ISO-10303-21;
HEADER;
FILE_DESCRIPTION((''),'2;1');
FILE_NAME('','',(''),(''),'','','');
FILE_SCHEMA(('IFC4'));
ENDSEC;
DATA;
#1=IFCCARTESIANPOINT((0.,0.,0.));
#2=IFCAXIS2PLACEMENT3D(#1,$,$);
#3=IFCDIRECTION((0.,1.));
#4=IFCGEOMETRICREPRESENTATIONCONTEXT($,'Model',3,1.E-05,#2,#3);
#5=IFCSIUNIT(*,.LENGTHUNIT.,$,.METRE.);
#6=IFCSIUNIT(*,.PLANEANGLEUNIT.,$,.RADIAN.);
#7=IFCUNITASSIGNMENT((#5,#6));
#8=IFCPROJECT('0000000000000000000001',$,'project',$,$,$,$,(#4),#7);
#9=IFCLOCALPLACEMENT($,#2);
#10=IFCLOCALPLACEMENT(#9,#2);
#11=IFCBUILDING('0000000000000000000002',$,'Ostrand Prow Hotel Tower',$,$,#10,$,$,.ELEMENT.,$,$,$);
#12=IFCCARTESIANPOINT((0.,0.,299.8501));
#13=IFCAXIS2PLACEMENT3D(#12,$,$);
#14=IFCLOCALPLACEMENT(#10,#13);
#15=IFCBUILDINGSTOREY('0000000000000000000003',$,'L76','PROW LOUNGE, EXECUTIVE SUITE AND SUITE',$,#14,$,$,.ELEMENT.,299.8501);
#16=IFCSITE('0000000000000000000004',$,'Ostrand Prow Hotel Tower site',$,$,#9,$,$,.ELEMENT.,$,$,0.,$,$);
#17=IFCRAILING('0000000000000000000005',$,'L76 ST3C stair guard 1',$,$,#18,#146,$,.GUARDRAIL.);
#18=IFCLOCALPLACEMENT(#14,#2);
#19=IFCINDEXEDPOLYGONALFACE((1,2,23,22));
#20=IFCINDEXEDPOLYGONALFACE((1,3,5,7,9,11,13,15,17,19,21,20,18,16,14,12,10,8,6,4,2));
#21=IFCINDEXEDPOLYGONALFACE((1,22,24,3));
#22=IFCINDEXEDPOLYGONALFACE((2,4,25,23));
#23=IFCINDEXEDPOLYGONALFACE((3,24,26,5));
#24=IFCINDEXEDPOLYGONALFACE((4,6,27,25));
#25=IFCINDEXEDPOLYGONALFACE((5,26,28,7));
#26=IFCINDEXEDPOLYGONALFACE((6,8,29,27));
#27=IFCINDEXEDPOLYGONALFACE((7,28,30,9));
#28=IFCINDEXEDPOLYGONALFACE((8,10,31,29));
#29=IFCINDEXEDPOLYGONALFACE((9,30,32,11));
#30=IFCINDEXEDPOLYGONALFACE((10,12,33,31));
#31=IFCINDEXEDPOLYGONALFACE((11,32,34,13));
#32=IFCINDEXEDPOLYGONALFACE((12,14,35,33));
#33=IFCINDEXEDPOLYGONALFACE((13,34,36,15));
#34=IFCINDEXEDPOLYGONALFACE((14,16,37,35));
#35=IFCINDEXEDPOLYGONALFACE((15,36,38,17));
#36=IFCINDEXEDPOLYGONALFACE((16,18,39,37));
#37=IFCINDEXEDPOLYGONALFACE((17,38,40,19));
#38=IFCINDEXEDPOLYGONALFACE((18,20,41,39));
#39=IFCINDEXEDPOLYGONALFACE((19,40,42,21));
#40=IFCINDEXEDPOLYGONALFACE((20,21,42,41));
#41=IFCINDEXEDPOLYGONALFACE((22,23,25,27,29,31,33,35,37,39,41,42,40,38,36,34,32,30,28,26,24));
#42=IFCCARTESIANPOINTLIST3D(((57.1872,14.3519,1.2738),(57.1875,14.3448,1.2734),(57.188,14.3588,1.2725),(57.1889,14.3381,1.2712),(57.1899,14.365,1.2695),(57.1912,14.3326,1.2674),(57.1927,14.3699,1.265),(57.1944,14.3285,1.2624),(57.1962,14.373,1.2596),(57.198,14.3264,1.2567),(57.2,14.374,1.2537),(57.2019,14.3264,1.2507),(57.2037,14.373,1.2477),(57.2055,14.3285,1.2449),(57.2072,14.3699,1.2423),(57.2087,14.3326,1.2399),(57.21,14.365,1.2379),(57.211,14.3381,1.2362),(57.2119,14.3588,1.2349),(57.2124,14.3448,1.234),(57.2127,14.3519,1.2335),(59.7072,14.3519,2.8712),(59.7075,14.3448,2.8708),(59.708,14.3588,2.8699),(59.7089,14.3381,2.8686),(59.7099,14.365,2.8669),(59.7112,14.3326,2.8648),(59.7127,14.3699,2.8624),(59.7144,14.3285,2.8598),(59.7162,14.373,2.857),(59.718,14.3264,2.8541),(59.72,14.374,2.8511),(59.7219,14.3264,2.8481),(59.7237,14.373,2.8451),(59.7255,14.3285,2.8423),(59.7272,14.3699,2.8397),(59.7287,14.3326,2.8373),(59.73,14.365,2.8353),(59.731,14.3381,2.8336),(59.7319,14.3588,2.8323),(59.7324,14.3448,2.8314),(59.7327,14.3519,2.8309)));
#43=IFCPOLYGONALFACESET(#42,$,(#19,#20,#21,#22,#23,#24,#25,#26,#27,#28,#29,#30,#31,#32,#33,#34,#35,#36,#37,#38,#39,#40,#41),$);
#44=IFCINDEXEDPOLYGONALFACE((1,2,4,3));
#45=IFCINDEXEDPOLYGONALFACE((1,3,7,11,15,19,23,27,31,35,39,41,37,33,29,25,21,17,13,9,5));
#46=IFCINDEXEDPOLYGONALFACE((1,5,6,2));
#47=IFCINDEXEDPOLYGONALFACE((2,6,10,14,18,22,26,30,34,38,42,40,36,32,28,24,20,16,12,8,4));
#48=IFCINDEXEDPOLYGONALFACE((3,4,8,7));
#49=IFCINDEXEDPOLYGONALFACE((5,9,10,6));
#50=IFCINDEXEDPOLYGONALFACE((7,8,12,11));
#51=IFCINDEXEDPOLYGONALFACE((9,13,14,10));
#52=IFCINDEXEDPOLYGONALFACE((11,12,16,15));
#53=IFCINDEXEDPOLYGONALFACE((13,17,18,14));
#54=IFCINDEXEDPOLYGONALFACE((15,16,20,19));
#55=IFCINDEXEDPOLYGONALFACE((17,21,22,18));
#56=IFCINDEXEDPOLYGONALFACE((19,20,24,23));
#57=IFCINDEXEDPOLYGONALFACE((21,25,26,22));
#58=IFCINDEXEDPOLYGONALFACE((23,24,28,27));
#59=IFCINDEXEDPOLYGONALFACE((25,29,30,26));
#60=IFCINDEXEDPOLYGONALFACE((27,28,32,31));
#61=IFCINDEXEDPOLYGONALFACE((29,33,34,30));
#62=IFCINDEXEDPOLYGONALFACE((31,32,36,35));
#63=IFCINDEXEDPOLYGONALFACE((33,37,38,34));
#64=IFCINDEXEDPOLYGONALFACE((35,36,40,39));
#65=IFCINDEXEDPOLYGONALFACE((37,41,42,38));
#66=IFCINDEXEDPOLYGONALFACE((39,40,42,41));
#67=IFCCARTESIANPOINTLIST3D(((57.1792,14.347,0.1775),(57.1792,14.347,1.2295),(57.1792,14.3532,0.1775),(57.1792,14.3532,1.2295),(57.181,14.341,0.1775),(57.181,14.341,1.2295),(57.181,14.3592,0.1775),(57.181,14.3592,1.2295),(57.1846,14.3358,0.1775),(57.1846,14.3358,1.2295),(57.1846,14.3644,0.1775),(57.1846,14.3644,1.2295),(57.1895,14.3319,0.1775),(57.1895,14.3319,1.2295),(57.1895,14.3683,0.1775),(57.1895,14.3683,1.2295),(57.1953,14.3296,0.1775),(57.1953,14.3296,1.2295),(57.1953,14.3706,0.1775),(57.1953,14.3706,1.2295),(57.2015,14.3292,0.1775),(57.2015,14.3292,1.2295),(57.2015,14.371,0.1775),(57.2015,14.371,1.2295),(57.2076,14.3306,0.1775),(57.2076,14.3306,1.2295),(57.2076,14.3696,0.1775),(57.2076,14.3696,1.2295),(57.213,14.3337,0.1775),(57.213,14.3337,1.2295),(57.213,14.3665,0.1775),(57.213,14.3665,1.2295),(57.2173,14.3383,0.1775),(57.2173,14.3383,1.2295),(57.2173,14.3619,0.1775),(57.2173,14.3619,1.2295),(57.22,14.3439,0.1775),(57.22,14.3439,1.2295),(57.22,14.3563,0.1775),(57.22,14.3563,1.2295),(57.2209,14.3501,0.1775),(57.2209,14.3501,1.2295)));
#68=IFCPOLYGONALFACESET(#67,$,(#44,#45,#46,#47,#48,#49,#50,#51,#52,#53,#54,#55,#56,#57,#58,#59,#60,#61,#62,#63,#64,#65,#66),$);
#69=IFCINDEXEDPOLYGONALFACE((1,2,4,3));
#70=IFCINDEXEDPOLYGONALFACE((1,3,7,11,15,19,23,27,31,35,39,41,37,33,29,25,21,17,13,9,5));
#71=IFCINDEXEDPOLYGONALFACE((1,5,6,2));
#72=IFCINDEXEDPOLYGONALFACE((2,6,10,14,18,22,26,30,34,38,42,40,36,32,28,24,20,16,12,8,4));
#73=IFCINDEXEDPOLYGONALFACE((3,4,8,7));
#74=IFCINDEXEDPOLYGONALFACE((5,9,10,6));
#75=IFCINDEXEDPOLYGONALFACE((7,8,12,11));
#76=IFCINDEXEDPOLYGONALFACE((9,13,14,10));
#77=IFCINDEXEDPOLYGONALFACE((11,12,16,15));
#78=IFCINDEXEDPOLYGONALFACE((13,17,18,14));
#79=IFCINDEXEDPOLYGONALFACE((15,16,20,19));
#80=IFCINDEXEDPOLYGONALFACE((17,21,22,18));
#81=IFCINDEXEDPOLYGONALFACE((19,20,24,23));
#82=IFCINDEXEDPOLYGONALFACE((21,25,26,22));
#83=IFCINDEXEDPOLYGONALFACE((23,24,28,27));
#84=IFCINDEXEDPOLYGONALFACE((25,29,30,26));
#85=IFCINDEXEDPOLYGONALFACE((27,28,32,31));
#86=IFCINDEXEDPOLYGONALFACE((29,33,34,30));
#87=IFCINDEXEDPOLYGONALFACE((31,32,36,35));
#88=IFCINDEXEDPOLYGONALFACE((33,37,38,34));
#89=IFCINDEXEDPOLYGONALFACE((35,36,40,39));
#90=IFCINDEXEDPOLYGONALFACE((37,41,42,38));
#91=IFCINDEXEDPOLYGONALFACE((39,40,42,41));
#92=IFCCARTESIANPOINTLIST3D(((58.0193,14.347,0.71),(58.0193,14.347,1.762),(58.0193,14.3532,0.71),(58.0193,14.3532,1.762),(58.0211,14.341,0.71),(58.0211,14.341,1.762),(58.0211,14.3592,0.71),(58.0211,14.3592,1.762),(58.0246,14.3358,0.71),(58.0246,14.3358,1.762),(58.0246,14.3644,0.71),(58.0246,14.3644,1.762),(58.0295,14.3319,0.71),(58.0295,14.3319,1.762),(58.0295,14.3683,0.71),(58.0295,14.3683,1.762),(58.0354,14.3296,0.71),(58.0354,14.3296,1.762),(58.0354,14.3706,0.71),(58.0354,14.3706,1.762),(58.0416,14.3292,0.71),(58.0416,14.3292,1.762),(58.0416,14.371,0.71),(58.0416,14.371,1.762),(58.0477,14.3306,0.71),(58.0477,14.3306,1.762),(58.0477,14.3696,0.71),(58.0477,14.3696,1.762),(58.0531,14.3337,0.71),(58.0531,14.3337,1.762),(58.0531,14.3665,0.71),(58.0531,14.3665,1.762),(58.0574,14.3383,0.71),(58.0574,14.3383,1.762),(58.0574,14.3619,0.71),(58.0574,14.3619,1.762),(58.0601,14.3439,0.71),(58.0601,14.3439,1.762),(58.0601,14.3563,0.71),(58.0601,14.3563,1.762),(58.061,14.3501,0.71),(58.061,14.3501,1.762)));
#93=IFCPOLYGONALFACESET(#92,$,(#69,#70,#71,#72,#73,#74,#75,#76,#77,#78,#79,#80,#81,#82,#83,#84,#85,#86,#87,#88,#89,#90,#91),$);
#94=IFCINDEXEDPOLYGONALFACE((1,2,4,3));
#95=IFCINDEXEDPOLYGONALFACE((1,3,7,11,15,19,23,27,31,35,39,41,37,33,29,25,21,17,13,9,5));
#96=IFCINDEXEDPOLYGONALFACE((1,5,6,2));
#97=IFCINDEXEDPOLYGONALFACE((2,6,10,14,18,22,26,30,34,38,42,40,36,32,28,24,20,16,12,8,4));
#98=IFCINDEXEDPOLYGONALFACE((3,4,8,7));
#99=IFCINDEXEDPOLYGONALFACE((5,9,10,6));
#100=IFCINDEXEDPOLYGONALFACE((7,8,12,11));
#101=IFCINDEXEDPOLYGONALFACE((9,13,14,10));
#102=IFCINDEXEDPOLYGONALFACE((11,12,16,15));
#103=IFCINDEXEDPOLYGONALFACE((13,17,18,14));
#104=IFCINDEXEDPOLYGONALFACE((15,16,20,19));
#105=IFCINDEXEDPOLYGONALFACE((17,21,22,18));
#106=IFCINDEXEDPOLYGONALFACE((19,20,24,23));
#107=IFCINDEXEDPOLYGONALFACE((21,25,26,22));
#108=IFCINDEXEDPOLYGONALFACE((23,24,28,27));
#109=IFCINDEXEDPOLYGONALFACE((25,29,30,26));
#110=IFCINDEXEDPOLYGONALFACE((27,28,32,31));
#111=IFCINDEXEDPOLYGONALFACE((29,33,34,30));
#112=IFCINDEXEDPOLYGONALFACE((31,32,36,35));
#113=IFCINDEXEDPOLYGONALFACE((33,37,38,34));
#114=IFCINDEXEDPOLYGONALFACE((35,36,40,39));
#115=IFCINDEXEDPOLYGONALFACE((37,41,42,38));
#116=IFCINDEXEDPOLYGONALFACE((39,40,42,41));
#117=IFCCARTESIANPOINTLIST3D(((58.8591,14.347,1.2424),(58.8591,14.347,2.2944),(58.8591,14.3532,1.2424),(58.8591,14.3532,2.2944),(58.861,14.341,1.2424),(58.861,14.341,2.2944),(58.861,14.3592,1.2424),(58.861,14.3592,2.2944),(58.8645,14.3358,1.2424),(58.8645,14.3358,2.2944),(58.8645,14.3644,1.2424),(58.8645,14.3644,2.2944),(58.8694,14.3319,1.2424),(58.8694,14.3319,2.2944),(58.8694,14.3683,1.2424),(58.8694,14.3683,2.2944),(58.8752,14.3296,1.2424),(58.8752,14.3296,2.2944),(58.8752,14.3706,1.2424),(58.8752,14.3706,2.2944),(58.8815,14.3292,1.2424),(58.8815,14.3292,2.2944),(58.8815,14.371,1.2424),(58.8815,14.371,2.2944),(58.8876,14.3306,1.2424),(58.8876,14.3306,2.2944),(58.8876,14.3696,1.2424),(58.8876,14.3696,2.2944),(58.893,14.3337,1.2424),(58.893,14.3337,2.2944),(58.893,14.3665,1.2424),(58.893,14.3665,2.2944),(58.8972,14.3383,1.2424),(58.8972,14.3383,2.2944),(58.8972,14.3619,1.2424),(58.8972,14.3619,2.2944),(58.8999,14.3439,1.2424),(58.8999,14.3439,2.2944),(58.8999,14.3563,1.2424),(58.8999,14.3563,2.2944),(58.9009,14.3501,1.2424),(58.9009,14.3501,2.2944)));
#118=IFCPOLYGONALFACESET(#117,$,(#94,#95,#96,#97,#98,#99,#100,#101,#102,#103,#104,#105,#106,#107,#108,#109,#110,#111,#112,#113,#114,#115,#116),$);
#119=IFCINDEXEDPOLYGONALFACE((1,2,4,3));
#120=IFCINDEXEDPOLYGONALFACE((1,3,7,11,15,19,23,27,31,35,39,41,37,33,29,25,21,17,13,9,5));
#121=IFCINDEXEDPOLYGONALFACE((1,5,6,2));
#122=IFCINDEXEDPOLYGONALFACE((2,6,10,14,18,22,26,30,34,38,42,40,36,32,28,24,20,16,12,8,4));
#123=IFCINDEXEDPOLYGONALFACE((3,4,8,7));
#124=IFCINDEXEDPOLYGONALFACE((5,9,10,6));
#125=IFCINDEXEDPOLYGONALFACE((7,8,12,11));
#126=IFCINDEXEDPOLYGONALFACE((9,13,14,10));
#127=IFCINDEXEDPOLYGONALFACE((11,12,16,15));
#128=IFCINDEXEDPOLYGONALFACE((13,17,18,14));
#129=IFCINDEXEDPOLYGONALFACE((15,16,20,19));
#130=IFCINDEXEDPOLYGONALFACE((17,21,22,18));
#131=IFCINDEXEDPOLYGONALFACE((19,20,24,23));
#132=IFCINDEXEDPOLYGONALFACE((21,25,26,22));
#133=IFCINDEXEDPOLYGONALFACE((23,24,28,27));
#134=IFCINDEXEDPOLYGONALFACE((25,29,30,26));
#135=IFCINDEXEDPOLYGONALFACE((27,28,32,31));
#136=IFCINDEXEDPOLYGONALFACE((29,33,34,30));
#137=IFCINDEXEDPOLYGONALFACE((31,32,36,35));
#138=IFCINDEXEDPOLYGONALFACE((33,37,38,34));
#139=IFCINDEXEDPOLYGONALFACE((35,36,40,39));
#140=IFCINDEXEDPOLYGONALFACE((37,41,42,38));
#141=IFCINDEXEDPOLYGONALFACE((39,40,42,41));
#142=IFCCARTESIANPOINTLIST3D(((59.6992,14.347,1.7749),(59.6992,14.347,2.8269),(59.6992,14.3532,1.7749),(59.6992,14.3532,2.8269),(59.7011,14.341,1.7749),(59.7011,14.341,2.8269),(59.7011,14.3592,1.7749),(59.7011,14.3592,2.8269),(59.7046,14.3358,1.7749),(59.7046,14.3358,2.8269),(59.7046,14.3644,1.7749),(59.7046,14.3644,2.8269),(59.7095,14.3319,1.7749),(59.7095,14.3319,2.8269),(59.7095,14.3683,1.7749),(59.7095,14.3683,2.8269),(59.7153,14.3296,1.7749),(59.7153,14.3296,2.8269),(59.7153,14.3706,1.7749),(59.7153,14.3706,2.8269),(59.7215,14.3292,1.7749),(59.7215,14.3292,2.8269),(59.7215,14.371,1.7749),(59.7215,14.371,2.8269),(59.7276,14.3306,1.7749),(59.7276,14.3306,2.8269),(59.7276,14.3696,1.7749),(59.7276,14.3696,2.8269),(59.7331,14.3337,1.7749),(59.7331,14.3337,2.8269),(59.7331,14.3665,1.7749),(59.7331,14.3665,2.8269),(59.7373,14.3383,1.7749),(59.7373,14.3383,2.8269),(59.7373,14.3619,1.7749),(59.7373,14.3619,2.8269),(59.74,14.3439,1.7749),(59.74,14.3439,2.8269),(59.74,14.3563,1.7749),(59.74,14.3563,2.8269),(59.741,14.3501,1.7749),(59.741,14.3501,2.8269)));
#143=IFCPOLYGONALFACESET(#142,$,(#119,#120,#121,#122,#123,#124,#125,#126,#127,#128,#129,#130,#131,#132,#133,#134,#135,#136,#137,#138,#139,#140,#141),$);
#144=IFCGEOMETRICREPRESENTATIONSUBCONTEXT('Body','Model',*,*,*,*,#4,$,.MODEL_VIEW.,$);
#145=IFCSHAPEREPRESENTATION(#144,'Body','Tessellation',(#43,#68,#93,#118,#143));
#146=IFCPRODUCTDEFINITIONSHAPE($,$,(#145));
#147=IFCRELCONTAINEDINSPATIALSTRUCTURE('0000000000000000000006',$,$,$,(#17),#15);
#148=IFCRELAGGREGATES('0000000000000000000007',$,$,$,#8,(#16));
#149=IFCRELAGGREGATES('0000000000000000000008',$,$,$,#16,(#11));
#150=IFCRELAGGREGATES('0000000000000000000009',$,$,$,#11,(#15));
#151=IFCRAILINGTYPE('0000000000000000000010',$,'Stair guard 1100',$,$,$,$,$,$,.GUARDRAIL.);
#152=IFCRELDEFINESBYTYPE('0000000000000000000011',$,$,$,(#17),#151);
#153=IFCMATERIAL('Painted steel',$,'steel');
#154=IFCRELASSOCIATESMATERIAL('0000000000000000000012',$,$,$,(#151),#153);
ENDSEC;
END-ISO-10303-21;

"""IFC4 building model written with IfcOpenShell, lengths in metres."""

from ifc_helpers import new_model, si_unit, direction, frame, origin, origin_2d, place, context, subcontext, project, spatial, circle, extrude, material, type_object, element, save


model = new_model("IFC4")

# Units and contexts
model_context = context("Model", 3, precision=1e-05, world=origin(), true_north=direction((0.0, 1.0)))
body_context = subcontext(model_context, "Body", "Model", "MODEL_VIEW")
ifc_project = project(units=[si_unit("LENGTHUNIT", "METRE"), si_unit("PLANEANGLEUNIT", "RADIAN")], contexts=[model_context])

# Site, building, storey
site_placement = place(None, origin())
site = spatial("IfcSite", under=ifc_project, at=site_placement, Name="Ostrand Prow Hotel Tower site", CompositionType="ELEMENT", RefElevation=0.0)
building_placement = place(site_placement, origin())
building = spatial("IfcBuilding", under=site, at=building_placement, Name="Ostrand Prow Hotel Tower", CompositionType="ELEMENT")
storey_placement = place(building_placement, frame((0.0, 0.0, 299.8501)))
storey = spatial("IfcBuildingStorey", under=building, at=storey_placement, Name="L76", Description="PROW LOUNGE, EXECUTIVE SUITE AND SUITE", CompositionType="ELEMENT", Elevation=299.8501)

# Railing
ifc_material_1 = material(Name="Painted steel", Category="steel")
railing_type_1 = type_object("IfcRailingType", Name="Stair guard 1100", PredefinedType="GUARDRAIL", material=ifc_material_1)
railing_1_placement = place(storey_placement, frame((57.2, 14.3501, 0.1775)))
element("IfcRailing", 1, at=railing_1_placement, inside=storey, type_object=railing_type_1, Name="L76 ST3C stair guard 1", PredefinedType="GUARDRAIL", context=body_context, shape_type="SweptSolid", body=[
    extrude(circle(Radius=0.0239, at=origin_2d()), frame((0.0, 0.0, 1.0762), z_axis=(0.844607, 0.0, 0.535387), x_axis=(0.0, 1.0, 0.0)), (0.0, 0.0, 1.0), 2.9836),
    extrude(circle(Radius=0.021, at=origin_2d()), origin(), (0.0, 0.0, 1.0), 1.052),
    extrude(circle(Radius=0.021, at=origin_2d()), frame((0.8401, 0.0, 0.5325)), (0.0, 0.0, 1.0), 1.052),
    extrude(circle(Radius=0.021, at=origin_2d()), frame((1.6799, 0.0, 1.0649)), (0.0, 0.0, 1.0), 1.052),
    extrude(circle(Radius=0.021, at=origin_2d()), frame((2.52, 0.0, 1.5974)), (0.0, 0.0, 1.0), 1.052),
])

save(model, "model.ifc")
